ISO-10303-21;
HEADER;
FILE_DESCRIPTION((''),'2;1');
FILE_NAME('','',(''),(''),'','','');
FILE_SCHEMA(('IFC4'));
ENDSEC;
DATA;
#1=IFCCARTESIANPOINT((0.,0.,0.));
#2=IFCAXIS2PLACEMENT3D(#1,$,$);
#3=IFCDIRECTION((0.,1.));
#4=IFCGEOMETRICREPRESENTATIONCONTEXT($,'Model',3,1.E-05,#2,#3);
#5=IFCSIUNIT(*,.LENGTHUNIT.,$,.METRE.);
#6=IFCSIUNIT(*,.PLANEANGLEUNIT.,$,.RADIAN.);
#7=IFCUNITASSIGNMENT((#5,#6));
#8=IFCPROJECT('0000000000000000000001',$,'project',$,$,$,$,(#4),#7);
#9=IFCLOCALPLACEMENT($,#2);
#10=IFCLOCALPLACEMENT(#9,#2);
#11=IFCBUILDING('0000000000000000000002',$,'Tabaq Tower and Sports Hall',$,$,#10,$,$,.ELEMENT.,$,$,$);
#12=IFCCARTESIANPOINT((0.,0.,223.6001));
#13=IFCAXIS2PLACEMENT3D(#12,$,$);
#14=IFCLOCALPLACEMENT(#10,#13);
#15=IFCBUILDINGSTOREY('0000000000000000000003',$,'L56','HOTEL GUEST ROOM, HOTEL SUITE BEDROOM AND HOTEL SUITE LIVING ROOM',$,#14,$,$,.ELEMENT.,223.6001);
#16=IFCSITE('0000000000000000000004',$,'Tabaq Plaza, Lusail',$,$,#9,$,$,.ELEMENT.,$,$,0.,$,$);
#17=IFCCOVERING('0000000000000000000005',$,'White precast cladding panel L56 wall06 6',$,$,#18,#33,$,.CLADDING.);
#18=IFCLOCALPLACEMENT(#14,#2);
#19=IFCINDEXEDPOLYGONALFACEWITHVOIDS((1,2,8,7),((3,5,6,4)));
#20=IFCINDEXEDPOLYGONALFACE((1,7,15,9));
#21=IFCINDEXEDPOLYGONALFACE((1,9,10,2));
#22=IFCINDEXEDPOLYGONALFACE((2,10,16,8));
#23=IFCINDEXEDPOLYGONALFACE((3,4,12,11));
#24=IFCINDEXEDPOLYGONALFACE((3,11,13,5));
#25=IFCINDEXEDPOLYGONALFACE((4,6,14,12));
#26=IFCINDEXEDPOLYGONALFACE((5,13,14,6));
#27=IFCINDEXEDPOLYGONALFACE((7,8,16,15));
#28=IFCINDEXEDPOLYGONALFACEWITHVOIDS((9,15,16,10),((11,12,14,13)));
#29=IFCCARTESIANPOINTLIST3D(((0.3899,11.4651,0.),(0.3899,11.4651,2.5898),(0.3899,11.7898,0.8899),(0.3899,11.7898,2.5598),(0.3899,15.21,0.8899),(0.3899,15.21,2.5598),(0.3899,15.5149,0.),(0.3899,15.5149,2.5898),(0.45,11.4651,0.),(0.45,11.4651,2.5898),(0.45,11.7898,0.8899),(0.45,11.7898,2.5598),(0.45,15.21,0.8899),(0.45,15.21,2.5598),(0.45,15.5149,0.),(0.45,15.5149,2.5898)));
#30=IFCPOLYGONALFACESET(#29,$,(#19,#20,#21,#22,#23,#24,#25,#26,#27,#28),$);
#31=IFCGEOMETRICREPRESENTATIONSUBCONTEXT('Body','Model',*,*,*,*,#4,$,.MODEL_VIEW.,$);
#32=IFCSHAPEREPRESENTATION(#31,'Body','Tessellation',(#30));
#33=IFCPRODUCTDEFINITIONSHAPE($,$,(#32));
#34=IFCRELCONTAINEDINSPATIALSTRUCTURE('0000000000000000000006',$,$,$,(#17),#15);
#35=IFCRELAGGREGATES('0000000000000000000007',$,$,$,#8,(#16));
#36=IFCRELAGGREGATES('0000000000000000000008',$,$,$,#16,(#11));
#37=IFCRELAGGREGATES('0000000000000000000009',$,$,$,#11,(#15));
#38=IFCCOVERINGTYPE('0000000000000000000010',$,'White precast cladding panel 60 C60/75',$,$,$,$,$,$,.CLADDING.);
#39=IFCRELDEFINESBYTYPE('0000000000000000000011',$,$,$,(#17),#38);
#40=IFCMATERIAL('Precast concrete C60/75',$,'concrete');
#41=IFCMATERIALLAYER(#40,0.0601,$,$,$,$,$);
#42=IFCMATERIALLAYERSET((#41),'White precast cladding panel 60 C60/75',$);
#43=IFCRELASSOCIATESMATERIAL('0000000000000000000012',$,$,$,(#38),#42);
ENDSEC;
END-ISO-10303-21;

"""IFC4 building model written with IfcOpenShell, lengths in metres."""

from ifc_helpers import new_model, si_unit, direction, frame, origin, place, context, subcontext, project, spatial, polyline, outline, extrude, material, layer, layer_set, type_object, element, save


model = new_model("IFC4")

# Units and contexts
model_context = context("Model", 3, precision=1e-05, world=origin(), true_north=direction((0.0, 1.0)))
body_context = subcontext(model_context, "Body", "Model", "MODEL_VIEW")
ifc_project = project(units=[si_unit("LENGTHUNIT", "METRE"), si_unit("PLANEANGLEUNIT", "RADIAN")], contexts=[model_context])

# Site, building, storey
site_placement = place(None, origin())
site = spatial("IfcSite", under=ifc_project, at=site_placement, Name="Tabaq Plaza, Lusail", CompositionType="ELEMENT", RefElevation=0.0)
building_placement = place(site_placement, origin())
building = spatial("IfcBuilding", under=site, at=building_placement, Name="Tabaq Tower and Sports Hall", CompositionType="ELEMENT")
storey_placement = place(building_placement, frame((0.0, 0.0, 223.6001)))
storey = spatial("IfcBuildingStorey", under=building, at=storey_placement, Name="L56", Description="HOTEL GUEST ROOM, HOTEL SUITE BEDROOM AND HOTEL SUITE LIVING ROOM", CompositionType="ELEMENT", Elevation=223.6001)

# Covering
ifc_material_1 = material(Name="Precast concrete C60/75", Category="concrete")
ifc_layer_1 = layer(ifc_material_1, 0.0601)
ifc_layer_set_1 = layer_set([ifc_layer_1], Name="White precast cladding panel 60 C60/75")
covering_type_1 = type_object("IfcCoveringType", Name="White precast cladding panel 60 C60/75", PredefinedType="CLADDING", material=ifc_layer_set_1)
covering_placement = place(storey_placement, frame((0.4199, 15.5149, 0.0), z_axis=(0.0, 0.0, 1.0), x_axis=(0.0, -1.0, 0.0)))
element("IfcCovering", 1, at=covering_placement, inside=storey, type_object=covering_type_1, Name="White precast cladding panel L56 wall06 6", PredefinedType="CLADDING", context=body_context, shape_type="SweptSolid", body=[
    extrude(outline(polyline([(0.0, 0.0), (4.0498, 0.0), (4.0498, 2.5898), (0.0, 2.5898), (0.0, 0.0)]), holes=[polyline([(3.7251, 0.8899), (0.3049, 0.8899), (0.3049, 2.5598), (3.7251, 2.5598), (3.7251, 0.8899)])]), frame((0.0, 0.03, 0.0), z_axis=(0.0, -1.0, 0.0), x_axis=(1.0, 0.0, 0.0)), (0.0, 0.0, 1.0), 0.0601),
])

save(model, "model.ifc")
